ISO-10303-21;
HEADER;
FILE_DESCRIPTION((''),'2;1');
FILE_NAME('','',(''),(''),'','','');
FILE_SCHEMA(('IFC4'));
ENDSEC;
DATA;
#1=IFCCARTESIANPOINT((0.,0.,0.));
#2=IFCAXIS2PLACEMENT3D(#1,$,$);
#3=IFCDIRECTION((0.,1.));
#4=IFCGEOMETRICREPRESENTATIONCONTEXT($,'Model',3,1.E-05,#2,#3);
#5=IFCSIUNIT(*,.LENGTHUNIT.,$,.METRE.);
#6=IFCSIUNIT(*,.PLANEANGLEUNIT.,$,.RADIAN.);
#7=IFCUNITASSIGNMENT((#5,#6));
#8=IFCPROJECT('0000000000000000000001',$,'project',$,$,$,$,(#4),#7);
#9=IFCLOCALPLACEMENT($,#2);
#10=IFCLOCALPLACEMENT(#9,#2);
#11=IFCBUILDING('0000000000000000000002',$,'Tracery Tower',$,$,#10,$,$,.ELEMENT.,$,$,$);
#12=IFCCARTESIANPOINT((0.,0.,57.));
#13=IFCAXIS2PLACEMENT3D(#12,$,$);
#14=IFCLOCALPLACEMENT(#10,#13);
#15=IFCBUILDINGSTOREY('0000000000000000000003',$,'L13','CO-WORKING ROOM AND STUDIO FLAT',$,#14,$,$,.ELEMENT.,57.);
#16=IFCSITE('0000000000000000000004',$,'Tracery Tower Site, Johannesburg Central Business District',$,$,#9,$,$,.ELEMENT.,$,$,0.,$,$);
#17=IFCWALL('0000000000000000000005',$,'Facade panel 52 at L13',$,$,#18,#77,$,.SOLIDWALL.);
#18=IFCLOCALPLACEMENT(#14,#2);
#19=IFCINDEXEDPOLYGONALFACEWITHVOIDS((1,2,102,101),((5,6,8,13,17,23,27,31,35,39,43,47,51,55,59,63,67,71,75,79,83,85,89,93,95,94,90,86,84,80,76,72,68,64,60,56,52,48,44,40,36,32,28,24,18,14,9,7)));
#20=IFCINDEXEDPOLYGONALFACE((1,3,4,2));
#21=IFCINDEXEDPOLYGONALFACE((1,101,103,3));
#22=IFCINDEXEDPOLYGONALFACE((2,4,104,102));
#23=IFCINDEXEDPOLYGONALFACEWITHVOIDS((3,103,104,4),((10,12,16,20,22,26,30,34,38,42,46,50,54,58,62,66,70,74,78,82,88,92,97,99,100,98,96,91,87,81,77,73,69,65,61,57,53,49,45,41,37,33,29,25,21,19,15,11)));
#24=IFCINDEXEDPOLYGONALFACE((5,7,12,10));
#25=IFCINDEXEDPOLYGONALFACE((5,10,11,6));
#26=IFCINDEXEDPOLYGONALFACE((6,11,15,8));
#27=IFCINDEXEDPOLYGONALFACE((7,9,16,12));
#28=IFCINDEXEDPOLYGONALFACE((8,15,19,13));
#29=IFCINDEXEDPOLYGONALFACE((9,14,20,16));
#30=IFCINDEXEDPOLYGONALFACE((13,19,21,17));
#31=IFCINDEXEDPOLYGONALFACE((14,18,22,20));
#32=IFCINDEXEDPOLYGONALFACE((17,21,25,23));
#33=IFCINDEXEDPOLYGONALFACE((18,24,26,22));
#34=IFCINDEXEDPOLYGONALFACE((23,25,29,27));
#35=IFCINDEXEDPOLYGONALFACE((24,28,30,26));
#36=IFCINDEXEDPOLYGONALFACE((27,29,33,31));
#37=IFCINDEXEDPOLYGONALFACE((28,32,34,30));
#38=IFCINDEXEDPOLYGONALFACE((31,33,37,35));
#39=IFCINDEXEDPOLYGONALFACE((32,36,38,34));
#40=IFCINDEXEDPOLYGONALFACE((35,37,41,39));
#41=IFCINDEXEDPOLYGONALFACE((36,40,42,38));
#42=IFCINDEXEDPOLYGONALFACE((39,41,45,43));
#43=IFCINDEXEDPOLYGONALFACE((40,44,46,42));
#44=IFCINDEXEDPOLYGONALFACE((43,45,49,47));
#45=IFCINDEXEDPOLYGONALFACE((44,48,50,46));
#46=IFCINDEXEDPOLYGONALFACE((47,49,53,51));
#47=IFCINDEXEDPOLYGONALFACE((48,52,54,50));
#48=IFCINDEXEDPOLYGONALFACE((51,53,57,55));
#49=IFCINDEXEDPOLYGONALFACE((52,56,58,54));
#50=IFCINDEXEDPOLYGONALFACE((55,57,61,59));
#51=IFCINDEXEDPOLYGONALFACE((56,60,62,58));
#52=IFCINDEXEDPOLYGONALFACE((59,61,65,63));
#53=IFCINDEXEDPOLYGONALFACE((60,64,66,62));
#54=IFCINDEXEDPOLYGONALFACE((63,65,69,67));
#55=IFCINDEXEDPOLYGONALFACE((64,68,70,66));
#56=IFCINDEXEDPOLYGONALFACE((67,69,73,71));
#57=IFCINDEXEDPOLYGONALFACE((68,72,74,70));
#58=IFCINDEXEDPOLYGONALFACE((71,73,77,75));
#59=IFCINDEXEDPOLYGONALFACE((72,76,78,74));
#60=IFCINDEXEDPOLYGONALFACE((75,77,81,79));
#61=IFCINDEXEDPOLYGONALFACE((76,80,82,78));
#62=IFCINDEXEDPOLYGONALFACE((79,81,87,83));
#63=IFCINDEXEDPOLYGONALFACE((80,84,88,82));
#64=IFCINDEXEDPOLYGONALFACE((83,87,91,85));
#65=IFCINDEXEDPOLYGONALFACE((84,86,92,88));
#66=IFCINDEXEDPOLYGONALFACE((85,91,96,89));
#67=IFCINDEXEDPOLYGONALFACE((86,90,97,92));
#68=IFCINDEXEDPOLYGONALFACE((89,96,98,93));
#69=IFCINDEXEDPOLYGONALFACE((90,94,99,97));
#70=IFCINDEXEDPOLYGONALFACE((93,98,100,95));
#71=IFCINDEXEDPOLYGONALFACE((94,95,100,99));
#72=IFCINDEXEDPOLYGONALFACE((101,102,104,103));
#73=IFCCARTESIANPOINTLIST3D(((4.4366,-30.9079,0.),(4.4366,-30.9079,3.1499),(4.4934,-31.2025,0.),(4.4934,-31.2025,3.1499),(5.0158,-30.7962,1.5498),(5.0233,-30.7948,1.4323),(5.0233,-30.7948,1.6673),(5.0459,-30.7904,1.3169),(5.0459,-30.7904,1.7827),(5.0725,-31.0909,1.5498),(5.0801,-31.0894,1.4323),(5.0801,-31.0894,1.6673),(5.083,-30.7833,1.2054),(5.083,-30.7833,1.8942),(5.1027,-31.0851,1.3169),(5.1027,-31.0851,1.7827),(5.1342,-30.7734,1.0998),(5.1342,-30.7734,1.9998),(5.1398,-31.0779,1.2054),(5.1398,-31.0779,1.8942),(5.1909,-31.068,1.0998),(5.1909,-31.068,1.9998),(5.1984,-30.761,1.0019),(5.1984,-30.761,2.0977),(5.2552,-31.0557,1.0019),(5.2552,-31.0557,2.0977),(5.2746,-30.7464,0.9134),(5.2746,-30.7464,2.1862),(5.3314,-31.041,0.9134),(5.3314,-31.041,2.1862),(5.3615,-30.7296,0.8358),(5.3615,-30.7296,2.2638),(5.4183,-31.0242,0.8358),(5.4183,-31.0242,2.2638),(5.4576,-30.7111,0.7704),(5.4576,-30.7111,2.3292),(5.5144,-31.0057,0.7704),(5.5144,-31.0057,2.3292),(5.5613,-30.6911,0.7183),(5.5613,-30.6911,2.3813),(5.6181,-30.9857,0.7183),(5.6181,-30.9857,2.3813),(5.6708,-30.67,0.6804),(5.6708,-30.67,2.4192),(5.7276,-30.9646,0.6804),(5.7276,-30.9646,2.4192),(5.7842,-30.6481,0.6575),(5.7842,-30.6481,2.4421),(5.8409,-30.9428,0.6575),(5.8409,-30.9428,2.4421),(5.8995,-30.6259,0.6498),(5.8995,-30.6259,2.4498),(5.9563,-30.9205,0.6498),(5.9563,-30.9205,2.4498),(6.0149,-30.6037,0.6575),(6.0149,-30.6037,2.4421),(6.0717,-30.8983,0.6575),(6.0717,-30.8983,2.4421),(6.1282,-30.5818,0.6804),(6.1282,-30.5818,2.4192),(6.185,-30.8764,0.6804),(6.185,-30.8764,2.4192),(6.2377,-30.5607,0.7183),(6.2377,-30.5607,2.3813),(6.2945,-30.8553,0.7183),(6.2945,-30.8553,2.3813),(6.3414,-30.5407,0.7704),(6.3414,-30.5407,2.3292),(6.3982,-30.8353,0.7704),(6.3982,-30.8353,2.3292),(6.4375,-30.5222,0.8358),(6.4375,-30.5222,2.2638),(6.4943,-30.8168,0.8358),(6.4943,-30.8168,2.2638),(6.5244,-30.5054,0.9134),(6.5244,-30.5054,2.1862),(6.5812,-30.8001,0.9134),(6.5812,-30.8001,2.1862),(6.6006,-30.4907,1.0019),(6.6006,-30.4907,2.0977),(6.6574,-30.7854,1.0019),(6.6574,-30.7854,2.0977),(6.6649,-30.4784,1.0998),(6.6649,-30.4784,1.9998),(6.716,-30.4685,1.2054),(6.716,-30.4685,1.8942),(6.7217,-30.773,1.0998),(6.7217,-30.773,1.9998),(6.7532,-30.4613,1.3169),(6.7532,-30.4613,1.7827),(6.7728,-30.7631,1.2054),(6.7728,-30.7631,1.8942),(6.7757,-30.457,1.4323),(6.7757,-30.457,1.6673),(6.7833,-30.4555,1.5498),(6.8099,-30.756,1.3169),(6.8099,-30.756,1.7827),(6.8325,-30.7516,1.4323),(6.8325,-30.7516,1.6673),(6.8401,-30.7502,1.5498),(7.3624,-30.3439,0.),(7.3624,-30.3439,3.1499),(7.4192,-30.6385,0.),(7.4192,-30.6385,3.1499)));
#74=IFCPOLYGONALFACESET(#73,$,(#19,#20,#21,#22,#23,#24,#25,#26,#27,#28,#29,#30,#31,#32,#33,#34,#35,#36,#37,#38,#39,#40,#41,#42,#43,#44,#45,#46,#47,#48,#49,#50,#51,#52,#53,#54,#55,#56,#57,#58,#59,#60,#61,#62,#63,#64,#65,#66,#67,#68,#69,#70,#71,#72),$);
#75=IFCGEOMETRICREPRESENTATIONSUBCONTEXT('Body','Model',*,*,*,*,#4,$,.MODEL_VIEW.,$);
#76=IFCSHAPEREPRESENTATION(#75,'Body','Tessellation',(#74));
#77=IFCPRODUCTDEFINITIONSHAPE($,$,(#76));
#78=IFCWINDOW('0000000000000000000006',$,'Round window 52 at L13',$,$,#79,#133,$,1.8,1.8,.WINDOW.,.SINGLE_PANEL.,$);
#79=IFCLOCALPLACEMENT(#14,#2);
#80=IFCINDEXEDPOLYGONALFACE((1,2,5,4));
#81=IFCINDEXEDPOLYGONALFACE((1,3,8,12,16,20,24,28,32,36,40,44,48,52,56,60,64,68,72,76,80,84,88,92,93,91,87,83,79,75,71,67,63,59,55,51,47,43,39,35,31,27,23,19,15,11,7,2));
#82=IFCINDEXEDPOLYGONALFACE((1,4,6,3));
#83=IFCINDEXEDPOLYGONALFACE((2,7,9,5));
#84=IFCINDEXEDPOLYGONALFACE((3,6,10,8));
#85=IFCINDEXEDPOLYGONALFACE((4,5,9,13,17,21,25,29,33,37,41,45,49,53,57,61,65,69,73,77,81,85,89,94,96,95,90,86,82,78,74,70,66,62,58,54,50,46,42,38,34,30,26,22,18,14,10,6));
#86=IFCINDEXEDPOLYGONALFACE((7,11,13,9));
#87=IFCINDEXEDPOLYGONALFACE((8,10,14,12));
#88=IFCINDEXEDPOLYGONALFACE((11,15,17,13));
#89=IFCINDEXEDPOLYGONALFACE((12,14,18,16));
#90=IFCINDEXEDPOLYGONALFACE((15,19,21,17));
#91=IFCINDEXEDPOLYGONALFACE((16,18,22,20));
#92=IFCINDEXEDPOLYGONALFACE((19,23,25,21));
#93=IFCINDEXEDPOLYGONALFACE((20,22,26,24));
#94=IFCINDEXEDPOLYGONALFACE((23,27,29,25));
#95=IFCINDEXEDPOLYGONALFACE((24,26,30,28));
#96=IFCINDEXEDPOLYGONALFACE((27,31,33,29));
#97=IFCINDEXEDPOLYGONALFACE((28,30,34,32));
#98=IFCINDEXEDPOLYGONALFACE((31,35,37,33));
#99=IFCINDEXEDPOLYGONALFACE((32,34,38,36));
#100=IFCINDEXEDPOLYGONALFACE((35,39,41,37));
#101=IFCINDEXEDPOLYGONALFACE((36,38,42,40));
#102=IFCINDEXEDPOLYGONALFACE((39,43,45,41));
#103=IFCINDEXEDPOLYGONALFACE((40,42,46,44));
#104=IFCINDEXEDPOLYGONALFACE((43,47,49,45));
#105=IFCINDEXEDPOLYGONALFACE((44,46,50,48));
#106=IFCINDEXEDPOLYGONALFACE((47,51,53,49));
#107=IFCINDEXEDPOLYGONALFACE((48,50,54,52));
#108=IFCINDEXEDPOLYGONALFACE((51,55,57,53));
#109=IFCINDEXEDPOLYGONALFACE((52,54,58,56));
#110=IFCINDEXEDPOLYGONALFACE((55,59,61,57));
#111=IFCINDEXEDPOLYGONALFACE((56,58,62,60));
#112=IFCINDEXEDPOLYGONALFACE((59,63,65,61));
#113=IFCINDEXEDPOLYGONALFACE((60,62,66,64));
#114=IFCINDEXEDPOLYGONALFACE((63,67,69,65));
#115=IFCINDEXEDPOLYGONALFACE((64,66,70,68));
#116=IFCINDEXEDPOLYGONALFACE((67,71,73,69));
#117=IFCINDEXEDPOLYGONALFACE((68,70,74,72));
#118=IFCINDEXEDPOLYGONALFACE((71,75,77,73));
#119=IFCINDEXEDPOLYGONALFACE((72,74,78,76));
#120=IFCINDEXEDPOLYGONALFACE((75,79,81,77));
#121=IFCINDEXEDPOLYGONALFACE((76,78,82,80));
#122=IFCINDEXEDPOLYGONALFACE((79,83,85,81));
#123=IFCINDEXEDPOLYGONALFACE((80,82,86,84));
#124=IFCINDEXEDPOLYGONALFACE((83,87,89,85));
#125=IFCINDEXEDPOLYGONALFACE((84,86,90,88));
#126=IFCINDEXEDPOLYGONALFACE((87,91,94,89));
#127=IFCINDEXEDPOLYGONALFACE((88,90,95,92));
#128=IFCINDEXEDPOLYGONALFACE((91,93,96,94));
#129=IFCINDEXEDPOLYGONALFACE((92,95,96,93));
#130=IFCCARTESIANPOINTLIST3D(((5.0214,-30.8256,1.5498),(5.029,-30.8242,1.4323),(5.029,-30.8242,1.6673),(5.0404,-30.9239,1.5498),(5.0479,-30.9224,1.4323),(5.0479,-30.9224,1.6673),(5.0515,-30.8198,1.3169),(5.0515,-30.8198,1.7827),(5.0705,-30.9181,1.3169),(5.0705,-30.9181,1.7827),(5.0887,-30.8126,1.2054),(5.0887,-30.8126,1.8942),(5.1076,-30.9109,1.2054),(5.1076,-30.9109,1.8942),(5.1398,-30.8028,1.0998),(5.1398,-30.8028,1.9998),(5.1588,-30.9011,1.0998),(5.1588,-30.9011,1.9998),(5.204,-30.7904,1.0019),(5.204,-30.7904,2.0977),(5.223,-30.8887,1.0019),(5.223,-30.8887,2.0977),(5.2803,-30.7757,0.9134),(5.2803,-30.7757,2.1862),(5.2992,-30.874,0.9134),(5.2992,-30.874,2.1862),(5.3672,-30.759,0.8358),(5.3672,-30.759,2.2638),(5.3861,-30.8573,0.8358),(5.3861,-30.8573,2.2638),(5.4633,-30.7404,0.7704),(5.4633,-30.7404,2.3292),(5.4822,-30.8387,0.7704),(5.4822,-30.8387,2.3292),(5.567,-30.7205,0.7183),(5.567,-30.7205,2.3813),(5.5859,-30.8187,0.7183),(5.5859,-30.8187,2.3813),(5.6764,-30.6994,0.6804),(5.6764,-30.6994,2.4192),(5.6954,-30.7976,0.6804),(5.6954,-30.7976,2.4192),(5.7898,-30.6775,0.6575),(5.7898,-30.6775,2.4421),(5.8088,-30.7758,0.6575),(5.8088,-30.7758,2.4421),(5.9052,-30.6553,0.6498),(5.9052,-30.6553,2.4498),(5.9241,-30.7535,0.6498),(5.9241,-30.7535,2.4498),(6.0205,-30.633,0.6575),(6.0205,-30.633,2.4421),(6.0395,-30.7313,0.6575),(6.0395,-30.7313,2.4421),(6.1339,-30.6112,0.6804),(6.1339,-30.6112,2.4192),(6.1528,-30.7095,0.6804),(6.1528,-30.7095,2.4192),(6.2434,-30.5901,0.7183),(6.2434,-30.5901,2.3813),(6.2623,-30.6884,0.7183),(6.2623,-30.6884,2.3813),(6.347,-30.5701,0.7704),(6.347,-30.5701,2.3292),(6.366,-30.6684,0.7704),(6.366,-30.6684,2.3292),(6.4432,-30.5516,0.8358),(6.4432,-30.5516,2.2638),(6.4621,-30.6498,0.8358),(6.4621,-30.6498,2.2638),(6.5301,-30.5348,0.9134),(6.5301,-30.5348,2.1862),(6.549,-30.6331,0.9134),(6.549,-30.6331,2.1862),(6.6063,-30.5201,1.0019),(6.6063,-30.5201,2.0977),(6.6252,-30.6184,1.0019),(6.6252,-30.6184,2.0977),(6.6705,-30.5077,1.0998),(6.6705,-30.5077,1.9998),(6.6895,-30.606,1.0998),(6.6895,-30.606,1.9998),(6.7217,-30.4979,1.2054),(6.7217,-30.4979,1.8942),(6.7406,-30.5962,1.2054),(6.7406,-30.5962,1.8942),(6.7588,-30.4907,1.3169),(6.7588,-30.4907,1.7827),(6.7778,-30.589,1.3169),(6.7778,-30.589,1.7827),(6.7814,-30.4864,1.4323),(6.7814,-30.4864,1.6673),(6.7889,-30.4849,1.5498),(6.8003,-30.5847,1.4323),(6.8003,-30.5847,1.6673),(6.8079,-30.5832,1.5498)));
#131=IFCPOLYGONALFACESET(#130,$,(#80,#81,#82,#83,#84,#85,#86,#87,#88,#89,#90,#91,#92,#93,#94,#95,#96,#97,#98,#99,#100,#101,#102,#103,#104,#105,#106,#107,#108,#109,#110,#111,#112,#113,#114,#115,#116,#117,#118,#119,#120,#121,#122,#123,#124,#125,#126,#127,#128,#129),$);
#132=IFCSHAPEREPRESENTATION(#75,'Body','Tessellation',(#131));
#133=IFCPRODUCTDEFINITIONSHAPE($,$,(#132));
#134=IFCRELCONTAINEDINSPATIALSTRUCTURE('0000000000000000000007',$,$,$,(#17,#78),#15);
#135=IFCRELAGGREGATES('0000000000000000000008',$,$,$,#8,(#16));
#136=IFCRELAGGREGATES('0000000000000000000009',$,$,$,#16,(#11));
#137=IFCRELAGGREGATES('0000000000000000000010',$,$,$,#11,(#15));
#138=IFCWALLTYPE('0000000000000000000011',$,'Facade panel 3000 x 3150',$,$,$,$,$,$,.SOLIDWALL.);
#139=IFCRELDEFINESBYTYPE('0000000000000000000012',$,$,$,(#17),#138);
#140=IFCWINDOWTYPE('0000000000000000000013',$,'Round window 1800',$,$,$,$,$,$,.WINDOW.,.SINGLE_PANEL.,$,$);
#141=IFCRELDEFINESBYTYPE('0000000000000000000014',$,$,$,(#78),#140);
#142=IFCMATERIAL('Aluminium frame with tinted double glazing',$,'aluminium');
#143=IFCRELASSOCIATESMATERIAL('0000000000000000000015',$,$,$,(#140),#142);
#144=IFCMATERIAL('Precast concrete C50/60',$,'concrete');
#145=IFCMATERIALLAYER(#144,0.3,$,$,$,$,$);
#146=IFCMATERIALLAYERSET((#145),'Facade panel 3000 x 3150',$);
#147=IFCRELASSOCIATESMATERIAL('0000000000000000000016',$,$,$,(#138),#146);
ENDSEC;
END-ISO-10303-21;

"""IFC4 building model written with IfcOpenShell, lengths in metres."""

from ifc_helpers import new_model, si_unit, direction, frame, frame_2d, origin, origin_2d, place, context, subcontext, project, spatial, rectangle, circle, extrude, material, layer, layer_set, type_object, element, fill, save


model = new_model("IFC4")

# Units and contexts
model_context = context("Model", 3, precision=1e-05, world=origin(), true_north=direction((0.0, 1.0)))
body_context = subcontext(model_context, "Body", "Model", "MODEL_VIEW")
ifc_project = project(units=[si_unit("LENGTHUNIT", "METRE"), si_unit("PLANEANGLEUNIT", "RADIAN")], contexts=[model_context])

# Site, building, storey
site_placement = place(None, origin())
site = spatial("IfcSite", under=ifc_project, at=site_placement, Name="Tracery Tower Site, Johannesburg Central Business District", CompositionType="ELEMENT", RefElevation=0.0)
building_placement = place(site_placement, origin())
building = spatial("IfcBuilding", under=site, at=building_placement, Name="Tracery Tower", CompositionType="ELEMENT")
storey_placement = place(building_placement, frame((0.0, 0.0, 57.0)))
storey = spatial("IfcBuildingStorey", under=building, at=storey_placement, Name="L13", Description="CO-WORKING ROOM AND STUDIO FLAT", CompositionType="ELEMENT", Elevation=57.0)

# Wall, opening, window
ifc_material_1 = material(Name="Aluminium frame with tinted double glazing", Category="aluminium")
window_type = type_object("IfcWindowType", Name="Round window 1800", PartitioningType="SINGLE_PANEL", PredefinedType="WINDOW", material=ifc_material_1)
ifc_material_2 = material(Name="Precast concrete C50/60", Category="concrete")
ifc_layer_1 = layer(ifc_material_2, 0.3)
ifc_layer_set_1 = layer_set([ifc_layer_1], Name="Facade panel 3000 x 3150")
wall_type_1 = type_object("IfcWallType", Name="Facade panel 3000 x 3150", PredefinedType="SOLIDWALL", material=ifc_layer_set_1)
wall_1_placement = place(storey_placement, frame((4.4651, -31.0552, 0.0), z_axis=(0.0, 0.0, 1.0), x_axis=(0.981925, 0.189273, 0.0)))
wall_1 = element("IfcWall", 1, at=wall_1_placement, inside=storey, type_object=wall_type_1, Name="Facade panel 52 at L13", PredefinedType="SOLIDWALL", context=body_context, shape_type="SweptSolid", body=[
    extrude(rectangle(XDim=2.9797, YDim=0.3, at=frame_2d((1.4897, 0.0))), origin(), (0.0, 0.0, 1.0), 3.1499),
])
opening_1_placement = place(wall_1_placement, frame((1.4897, 0.0, 1.5498)))
opening_1 = element("IfcOpeningElement", 2, at=opening_1_placement, cuts=wall_1, PredefinedType="OPENING", context=body_context, shape_type="SweptSolid", body=[
    extrude(circle(Radius=0.9, at=origin_2d()), frame((0.0, 0.1599, 0.0), z_axis=(0.0, -1.0, 0.0), x_axis=(1.0, 0.0, 0.0)), (0.0, 0.0, 1.0), 0.3201),
])
window_1_placement = place(opening_1_placement, origin())
window_1 = element("IfcWindow", 3, at=window_1_placement, inside=storey, type_object=window_type, Name="Round window 52 at L13", OverallHeight=1.8, OverallWidth=1.8, PartitioningType="SINGLE_PANEL", PredefinedType="WINDOW", context=body_context, shape_type="SweptSolid", body=[
    extrude(circle(Radius=0.9, at=origin_2d()), frame((0.0, 0.1201, 0.0), z_axis=(0.0, -1.0, 0.0), x_axis=(1.0, 0.0, 0.0)), (0.0, 0.0, 1.0), 0.1001),
])
fill(opening_1, window_1)

save(model, "model.ifc")
